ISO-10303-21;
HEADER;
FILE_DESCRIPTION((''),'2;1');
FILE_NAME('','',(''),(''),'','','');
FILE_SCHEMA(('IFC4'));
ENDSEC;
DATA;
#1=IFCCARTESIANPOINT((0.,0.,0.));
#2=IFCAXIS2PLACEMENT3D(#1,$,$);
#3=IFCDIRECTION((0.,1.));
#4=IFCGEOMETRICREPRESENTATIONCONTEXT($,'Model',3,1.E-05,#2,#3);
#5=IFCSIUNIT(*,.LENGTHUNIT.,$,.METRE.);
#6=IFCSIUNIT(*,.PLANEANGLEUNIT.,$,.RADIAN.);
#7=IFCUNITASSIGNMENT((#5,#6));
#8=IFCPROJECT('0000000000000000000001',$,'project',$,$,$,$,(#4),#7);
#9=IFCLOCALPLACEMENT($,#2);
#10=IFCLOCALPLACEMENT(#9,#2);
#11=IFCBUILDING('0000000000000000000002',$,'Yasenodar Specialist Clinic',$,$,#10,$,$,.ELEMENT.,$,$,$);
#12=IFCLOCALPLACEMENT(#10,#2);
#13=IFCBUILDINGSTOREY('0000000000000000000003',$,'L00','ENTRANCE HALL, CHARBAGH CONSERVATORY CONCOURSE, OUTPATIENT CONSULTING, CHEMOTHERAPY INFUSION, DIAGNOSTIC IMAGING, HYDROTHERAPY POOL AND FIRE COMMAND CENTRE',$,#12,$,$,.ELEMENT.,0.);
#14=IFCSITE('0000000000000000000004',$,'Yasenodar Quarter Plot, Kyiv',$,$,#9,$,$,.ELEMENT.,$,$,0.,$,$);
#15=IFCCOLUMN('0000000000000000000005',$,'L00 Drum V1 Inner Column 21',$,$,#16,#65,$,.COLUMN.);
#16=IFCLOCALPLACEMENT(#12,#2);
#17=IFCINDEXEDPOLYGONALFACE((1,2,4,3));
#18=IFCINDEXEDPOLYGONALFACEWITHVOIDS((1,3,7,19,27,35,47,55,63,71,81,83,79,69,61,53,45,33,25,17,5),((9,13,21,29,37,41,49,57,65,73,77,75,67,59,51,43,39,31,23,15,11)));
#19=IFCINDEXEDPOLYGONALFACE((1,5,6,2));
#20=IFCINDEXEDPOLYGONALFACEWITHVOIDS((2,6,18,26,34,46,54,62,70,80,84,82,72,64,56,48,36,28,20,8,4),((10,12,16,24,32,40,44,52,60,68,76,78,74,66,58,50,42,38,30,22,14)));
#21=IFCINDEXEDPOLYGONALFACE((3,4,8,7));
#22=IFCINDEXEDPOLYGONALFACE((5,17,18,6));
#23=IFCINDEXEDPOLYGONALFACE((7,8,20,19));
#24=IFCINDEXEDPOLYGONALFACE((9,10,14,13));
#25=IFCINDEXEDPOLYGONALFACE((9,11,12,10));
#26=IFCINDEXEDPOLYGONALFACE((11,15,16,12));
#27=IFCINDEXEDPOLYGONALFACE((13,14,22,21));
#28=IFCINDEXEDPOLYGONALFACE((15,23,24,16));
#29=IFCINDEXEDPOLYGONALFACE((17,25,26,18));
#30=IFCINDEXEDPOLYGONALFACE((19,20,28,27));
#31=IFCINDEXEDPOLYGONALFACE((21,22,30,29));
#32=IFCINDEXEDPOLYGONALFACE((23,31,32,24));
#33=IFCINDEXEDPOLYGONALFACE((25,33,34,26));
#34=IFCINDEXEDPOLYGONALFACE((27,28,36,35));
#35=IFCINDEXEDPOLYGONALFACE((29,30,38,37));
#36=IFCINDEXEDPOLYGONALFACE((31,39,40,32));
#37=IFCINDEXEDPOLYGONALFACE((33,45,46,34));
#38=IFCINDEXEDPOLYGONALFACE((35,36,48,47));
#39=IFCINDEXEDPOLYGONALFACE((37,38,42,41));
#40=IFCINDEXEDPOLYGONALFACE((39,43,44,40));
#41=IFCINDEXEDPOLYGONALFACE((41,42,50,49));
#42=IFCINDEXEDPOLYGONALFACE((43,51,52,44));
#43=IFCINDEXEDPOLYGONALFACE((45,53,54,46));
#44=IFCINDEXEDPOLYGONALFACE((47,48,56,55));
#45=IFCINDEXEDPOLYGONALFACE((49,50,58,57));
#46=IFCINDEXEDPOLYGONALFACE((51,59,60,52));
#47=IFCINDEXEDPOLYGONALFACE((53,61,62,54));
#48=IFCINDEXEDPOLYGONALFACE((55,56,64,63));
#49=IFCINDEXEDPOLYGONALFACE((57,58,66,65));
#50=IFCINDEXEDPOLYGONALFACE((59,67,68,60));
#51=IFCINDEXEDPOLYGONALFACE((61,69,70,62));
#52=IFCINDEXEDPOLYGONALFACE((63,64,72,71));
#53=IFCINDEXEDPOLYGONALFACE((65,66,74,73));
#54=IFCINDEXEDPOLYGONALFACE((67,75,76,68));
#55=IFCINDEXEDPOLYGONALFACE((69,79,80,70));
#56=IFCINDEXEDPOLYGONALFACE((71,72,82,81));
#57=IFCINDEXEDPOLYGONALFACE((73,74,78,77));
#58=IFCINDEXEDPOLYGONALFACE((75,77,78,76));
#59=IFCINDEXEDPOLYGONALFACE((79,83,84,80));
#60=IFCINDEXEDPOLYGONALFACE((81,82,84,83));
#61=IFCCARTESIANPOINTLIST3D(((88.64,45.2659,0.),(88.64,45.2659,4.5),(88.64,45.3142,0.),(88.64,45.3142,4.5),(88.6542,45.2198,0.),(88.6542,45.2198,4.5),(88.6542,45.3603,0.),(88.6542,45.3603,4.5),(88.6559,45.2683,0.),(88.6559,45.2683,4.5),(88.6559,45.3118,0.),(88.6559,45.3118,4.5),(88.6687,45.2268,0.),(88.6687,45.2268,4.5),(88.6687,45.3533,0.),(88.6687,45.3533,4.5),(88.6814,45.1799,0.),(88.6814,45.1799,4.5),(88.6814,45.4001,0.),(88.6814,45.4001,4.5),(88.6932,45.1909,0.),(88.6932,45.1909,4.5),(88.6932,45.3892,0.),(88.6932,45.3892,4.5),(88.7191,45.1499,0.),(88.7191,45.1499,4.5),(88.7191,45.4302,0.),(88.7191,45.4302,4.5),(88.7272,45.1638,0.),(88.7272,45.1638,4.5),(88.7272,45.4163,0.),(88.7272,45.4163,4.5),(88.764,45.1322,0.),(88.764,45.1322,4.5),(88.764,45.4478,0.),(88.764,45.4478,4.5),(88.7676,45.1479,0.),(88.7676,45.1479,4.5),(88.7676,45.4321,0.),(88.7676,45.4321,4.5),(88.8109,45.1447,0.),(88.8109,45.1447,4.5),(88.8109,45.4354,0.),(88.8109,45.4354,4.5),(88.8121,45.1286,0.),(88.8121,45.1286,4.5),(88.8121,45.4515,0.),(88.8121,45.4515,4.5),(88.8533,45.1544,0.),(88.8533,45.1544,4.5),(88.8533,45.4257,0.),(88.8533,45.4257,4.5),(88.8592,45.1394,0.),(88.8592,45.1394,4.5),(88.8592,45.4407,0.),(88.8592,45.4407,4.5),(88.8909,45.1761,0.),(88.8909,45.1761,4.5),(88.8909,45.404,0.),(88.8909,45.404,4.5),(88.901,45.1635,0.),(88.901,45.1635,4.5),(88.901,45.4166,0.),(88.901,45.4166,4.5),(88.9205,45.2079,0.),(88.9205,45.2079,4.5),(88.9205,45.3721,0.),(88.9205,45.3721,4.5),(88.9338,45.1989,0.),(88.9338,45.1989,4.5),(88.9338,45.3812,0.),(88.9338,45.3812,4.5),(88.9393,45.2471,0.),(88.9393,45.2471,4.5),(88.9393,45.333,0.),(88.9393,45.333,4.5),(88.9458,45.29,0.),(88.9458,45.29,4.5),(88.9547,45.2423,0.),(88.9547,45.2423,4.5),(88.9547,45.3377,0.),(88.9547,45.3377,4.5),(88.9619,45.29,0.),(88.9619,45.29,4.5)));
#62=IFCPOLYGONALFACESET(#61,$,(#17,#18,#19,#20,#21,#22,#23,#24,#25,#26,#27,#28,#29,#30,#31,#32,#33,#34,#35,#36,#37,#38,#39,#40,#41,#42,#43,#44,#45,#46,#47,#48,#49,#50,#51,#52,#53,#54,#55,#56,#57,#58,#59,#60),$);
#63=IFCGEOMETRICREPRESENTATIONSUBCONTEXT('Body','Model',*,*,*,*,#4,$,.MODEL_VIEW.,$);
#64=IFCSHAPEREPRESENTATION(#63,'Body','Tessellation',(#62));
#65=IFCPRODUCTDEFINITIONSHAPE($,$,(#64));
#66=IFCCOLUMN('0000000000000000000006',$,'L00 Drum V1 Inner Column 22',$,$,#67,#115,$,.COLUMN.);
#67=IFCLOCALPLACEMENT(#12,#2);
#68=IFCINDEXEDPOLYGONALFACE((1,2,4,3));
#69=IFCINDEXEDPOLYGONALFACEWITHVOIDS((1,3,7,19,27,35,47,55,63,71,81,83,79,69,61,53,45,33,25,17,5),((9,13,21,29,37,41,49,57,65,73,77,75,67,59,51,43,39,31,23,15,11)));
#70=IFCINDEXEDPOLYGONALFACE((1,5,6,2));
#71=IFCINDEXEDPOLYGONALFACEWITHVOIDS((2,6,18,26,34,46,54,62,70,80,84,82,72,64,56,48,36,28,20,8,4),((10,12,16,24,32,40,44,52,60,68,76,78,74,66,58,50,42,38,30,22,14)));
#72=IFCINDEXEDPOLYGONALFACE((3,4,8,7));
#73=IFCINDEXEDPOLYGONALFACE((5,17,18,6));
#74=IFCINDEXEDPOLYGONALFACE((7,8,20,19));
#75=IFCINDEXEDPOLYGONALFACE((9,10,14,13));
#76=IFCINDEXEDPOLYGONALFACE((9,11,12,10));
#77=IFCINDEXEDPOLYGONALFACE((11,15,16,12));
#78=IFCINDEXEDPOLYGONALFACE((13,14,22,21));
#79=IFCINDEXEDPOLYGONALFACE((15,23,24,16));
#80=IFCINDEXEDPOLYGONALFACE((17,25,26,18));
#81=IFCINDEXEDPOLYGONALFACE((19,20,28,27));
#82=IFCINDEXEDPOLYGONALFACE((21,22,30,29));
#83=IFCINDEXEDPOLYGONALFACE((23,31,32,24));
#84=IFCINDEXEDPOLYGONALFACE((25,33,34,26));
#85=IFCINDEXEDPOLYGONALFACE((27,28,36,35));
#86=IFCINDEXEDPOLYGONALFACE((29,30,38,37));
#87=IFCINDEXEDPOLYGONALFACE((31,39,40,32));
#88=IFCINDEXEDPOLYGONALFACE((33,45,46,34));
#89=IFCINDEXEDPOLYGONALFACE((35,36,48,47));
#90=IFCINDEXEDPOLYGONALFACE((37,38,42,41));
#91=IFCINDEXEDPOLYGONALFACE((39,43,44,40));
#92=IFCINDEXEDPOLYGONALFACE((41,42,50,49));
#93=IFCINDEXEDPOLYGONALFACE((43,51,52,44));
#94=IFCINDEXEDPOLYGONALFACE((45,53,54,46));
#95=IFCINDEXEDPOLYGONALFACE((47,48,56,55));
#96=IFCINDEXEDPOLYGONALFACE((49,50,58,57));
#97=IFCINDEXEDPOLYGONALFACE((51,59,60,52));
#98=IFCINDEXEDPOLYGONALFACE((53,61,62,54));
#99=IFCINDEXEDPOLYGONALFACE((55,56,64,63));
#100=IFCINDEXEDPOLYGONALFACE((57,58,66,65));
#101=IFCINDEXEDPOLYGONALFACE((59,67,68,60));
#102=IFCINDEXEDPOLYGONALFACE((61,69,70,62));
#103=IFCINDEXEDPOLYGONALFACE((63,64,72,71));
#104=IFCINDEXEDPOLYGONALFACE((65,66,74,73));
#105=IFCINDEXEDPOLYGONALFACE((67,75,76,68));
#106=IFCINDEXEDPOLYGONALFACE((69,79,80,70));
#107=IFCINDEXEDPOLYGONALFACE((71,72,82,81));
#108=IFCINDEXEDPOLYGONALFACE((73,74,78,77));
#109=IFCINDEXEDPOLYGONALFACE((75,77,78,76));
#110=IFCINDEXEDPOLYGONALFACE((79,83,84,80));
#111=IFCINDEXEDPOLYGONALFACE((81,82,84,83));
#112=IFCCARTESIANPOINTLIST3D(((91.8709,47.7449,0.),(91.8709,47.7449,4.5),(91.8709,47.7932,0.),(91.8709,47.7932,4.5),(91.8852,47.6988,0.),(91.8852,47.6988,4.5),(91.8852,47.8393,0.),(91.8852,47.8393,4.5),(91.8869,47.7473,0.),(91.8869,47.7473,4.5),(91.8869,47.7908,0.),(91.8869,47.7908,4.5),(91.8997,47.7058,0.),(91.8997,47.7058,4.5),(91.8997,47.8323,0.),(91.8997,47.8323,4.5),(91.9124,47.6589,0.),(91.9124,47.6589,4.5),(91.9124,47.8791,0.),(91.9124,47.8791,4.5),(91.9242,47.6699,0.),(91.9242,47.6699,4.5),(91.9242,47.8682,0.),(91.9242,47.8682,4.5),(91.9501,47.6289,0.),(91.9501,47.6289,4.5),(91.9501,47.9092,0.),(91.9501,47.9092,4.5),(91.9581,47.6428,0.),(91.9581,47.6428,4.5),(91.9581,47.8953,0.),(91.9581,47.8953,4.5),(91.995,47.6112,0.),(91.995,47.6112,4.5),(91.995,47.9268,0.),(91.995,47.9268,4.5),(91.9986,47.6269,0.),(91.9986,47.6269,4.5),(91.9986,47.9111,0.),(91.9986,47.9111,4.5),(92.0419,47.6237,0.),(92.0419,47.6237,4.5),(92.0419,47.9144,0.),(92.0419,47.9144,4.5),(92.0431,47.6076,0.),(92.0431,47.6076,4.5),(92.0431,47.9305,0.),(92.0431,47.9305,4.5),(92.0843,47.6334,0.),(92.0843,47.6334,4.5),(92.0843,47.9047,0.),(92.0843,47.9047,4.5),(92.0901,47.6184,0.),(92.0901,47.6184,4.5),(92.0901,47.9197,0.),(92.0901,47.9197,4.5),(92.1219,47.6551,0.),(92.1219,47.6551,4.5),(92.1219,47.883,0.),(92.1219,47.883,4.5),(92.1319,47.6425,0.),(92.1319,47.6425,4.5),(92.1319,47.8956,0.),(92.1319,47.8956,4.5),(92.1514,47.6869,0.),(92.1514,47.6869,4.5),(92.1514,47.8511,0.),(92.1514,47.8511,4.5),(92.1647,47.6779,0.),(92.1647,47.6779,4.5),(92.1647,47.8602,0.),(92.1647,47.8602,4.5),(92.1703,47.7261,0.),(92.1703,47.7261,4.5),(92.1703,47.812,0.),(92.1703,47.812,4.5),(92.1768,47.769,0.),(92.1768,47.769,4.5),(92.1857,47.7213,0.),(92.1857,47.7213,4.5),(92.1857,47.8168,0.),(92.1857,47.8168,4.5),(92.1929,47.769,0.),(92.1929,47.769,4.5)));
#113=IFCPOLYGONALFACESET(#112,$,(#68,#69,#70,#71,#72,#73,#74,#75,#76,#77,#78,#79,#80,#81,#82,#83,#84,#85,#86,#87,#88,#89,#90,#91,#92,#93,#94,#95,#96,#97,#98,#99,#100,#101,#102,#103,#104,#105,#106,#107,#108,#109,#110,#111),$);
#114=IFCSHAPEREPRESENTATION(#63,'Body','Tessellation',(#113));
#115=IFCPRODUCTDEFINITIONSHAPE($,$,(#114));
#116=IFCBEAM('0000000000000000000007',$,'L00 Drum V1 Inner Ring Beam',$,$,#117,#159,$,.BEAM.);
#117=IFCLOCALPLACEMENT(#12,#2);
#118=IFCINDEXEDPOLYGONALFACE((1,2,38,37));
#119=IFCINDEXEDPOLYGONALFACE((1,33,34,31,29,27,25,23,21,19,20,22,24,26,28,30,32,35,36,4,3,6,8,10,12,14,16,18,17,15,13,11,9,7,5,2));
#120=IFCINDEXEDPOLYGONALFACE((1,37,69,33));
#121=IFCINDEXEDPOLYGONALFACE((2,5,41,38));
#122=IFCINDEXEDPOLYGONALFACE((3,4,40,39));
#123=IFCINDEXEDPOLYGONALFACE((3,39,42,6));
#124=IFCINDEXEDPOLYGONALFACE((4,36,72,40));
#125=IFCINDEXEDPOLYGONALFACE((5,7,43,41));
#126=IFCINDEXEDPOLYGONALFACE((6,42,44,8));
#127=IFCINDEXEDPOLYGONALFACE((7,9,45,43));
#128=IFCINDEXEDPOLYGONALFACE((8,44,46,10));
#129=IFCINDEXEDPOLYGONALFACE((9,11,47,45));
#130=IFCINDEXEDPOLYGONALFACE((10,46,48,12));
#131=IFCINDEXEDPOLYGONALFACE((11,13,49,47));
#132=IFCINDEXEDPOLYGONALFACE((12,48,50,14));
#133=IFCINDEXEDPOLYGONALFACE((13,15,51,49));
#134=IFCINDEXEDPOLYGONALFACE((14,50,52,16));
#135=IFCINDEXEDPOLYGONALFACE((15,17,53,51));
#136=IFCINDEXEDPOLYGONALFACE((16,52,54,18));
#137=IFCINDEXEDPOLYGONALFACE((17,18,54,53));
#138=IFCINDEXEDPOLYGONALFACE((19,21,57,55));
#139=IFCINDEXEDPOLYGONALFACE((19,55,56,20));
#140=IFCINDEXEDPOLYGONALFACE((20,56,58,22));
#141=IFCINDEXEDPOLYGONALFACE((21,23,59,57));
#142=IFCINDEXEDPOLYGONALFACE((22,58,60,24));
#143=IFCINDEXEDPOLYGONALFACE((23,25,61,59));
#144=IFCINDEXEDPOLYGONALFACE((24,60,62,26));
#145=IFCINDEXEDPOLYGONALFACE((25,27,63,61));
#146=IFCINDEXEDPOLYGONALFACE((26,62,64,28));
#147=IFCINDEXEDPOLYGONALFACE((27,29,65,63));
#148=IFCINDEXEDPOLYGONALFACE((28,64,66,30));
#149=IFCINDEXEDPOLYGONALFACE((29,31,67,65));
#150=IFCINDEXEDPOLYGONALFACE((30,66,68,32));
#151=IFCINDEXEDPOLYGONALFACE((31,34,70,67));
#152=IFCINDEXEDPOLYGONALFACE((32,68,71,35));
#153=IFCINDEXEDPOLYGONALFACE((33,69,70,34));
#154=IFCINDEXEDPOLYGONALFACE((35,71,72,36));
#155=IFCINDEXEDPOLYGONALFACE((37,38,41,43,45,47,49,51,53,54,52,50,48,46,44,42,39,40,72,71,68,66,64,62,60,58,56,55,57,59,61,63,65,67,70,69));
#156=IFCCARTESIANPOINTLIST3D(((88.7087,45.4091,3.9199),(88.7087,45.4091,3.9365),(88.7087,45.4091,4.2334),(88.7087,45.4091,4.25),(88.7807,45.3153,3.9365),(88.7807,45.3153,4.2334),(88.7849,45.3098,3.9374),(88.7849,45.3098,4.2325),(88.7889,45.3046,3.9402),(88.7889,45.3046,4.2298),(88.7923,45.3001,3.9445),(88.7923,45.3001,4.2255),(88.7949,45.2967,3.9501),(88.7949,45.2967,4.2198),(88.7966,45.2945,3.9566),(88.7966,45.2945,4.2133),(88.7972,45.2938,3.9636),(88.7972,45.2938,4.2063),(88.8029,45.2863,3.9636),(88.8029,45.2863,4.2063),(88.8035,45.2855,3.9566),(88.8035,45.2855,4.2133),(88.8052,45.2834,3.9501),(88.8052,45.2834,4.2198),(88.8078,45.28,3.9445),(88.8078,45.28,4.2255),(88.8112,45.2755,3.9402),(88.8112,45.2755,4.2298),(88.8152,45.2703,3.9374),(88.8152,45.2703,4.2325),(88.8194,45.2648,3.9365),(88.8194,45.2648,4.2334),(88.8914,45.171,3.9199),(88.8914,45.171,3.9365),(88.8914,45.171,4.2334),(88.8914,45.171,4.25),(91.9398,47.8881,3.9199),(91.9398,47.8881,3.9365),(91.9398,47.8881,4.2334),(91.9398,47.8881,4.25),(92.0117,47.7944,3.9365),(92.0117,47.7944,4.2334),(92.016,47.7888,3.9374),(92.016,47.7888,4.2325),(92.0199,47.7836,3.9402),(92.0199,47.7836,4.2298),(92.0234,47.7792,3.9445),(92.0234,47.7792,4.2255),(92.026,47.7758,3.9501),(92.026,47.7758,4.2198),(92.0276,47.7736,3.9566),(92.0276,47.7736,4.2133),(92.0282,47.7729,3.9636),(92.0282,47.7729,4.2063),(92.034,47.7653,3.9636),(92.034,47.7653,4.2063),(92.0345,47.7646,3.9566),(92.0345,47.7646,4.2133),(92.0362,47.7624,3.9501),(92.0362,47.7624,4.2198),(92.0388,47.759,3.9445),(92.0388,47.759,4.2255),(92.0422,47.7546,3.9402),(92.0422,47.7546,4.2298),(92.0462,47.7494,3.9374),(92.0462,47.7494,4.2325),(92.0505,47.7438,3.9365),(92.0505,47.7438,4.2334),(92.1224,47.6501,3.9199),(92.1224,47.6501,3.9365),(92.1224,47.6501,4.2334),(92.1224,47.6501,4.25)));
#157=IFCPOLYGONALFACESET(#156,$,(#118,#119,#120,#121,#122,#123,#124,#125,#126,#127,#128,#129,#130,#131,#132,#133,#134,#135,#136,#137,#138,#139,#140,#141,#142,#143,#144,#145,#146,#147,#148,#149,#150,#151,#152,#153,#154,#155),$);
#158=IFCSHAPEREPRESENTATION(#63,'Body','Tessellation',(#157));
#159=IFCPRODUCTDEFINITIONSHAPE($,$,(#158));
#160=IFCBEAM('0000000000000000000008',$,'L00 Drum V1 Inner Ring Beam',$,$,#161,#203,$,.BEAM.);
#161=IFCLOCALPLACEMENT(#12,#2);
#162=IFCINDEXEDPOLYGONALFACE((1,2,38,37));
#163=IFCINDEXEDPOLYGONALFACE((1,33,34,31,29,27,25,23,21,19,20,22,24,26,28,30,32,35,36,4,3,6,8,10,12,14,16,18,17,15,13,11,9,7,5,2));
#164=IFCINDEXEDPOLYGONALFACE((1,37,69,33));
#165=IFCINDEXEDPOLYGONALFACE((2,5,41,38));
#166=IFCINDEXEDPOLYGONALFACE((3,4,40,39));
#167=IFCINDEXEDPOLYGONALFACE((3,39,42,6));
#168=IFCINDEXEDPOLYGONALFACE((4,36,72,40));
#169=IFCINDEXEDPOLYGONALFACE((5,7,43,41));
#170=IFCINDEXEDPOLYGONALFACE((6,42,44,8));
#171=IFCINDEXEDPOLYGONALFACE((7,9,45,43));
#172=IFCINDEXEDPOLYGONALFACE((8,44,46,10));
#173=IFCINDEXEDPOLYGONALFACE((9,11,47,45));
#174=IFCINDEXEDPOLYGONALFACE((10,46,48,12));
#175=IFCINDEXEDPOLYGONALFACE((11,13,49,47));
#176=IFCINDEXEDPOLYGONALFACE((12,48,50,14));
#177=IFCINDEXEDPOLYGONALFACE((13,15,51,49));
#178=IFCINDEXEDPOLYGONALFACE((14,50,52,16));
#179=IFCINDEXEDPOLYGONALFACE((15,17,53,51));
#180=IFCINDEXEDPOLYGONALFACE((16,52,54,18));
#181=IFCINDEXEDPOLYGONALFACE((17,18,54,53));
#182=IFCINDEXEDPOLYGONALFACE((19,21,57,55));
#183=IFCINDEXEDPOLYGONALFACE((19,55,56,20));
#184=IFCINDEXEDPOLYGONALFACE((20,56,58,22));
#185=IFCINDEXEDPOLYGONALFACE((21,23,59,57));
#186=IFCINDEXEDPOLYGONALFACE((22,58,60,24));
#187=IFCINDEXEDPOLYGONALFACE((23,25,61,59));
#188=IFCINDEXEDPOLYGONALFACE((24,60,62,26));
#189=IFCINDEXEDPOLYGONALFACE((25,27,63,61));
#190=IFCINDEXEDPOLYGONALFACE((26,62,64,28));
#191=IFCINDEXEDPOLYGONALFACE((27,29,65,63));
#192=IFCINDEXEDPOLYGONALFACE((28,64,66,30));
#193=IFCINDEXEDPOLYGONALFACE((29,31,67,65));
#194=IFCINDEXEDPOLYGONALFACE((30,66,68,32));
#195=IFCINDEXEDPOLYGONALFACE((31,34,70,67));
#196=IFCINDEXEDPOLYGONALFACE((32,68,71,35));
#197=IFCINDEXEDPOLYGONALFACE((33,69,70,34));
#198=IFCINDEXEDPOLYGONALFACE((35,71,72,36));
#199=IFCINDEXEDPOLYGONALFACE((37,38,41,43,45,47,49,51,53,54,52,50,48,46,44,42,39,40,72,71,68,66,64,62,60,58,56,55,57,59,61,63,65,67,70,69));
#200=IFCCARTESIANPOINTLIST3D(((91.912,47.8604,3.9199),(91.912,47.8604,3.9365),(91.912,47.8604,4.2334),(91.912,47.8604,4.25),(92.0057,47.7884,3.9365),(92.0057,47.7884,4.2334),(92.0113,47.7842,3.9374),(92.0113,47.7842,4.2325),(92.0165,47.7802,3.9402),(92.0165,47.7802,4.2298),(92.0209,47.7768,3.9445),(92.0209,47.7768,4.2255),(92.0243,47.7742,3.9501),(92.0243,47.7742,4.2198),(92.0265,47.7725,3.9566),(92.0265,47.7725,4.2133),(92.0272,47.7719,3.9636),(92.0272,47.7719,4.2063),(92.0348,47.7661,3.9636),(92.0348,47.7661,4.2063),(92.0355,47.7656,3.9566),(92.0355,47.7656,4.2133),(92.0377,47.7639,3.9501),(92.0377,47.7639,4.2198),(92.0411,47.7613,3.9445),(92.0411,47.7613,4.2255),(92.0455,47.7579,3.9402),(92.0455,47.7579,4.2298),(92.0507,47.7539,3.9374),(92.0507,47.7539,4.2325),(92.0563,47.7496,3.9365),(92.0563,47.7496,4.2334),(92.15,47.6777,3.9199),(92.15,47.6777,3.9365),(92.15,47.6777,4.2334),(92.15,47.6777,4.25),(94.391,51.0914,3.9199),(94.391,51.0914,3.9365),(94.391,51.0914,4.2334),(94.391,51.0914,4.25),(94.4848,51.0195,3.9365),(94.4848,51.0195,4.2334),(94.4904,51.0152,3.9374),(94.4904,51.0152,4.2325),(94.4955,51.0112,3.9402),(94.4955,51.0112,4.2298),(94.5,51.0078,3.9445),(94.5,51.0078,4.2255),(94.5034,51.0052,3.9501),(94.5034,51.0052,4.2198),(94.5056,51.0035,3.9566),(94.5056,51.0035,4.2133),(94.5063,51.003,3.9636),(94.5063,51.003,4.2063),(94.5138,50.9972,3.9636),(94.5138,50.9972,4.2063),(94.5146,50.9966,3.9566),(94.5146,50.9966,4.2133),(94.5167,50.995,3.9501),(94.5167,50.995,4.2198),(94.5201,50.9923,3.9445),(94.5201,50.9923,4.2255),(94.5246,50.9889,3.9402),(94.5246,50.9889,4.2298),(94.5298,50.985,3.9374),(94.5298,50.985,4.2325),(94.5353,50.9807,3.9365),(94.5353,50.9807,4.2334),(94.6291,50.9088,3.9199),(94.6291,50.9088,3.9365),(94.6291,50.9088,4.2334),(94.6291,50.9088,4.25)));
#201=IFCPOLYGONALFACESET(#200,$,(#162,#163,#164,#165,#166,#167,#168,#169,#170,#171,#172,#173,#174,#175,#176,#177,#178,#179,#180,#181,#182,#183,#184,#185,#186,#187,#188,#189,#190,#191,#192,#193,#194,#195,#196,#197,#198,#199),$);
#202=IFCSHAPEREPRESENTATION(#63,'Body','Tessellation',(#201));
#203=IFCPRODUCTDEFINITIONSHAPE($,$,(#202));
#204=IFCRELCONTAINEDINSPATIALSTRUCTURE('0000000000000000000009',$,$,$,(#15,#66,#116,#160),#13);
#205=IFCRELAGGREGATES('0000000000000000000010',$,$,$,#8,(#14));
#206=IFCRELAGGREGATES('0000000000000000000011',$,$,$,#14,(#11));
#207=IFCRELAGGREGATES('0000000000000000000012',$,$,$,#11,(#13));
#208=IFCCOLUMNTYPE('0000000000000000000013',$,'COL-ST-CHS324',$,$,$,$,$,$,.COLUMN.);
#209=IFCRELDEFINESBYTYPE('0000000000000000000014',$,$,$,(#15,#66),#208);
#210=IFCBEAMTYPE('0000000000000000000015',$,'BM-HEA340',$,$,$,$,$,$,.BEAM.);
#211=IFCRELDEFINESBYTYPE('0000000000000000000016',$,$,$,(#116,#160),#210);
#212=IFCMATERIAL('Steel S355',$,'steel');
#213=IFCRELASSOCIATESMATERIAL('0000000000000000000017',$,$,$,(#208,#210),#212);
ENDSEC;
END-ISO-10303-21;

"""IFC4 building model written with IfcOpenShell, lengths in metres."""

from ifc_helpers import new_model, si_unit, direction, frame, origin, origin_2d, place, context, subcontext, project, spatial, hollow_circle, i_section, extrude, material, material_profile, profile_set, type_object, element, save


model = new_model("IFC4")

# Units and contexts
model_context = context("Model", 3, precision=1e-05, world=origin(), true_north=direction((0.0, 1.0)))
body_context = subcontext(model_context, "Body", "Model", "MODEL_VIEW")
ifc_project = project(units=[si_unit("LENGTHUNIT", "METRE"), si_unit("PLANEANGLEUNIT", "RADIAN")], contexts=[model_context])

# Site, building, storey
site_placement = place(None, origin())
site = spatial("IfcSite", under=ifc_project, at=site_placement, Name="Yasenodar Quarter Plot, Kyiv", CompositionType="ELEMENT", RefElevation=0.0)
building_placement = place(site_placement, origin())
building = spatial("IfcBuilding", under=site, at=building_placement, Name="Yasenodar Specialist Clinic", CompositionType="ELEMENT")
storey_placement = place(building_placement, origin())
storey = spatial("IfcBuildingStorey", under=building, at=storey_placement, Name="L00", Description="ENTRANCE HALL, CHARBAGH CONSERVATORY CONCOURSE, OUTPATIENT CONSULTING, CHEMOTHERAPY INFUSION, DIAGNOSTIC IMAGING, HYDROTHERAPY POOL AND FIRE COMMAND CENTRE", CompositionType="ELEMENT", Elevation=0.0)

# Columns
ifc_material_1 = material(Name="Steel S355", Category="steel")
ifc_material_profile_1 = material_profile(ifc_material_1, hollow_circle(Radius=0.1619, WallThickness=0.0161, at=origin_2d()), Name="CHS 323.9x16")
ifc_profile_set_1 = profile_set([ifc_material_profile_1], Name="Steel S355")
column_type = type_object("IfcColumnType", Name="COL-ST-CHS324", PredefinedType="COLUMN", material=ifc_profile_set_1)
for number, where, z_axis, x_axis, name in (
    (1, (88.8, 45.29, 0.0), (0.0, 0.0, 1.0), (1.0, 0.0, 0.0), "L00 Drum V1 Inner Column 21"),
    (2, (92.031, 47.769, 0.0), (0.0, 0.0, 1.0), (1.0, 0.0, 0.0), "L00 Drum V1 Inner Column 22"),
):
    element("IfcColumn", number, at=place(storey_placement, frame(where, z_axis=z_axis, x_axis=x_axis)), inside=storey, type_object=column_type, Name=name, PredefinedType="COLUMN", context=body_context, shape_type="SweptSolid", body=[
        extrude(hollow_circle(Radius=0.1619, WallThickness=0.0161, at=origin_2d()), origin(), (0.0, 0.0, 1.0), 4.5),
    ])

# Beams
ifc_material_profile_2 = material_profile(ifc_material_1, i_section(OverallWidth=0.3, OverallDepth=0.3301, WebThickness=0.0095, FlangeThickness=0.0166, FilletRadius=0.0271, at=origin_2d()), Name="HEA 340")
ifc_profile_set_2 = profile_set([ifc_material_profile_2], Name="Steel S355")
beam_type_1 = type_object("IfcBeamType", Name="BM-HEA340", PredefinedType="BEAM", material=ifc_profile_set_2)
for number, where, z_axis, x_axis, name in (
    (3, (88.8, 45.29, 4.085), (0.793377, 0.608731, 0.0), (-0.608731, 0.793377, 0.0), "L00 Drum V1 Inner Ring Beam"),
    (4, (92.031, 47.769, 4.085), (0.608731, 0.793377, 0.0), (-0.793377, 0.608731, 0.0), "L00 Drum V1 Inner Ring Beam"),
):
    element("IfcBeam", number, at=place(storey_placement, frame(where, z_axis=z_axis, x_axis=x_axis)), inside=storey, type_object=beam_type_1, Name=name, PredefinedType="BEAM", context=body_context, shape_type="SweptSolid", body=[
        extrude(i_section(OverallWidth=0.3, OverallDepth=0.3301, WebThickness=0.0095, FlangeThickness=0.0166, FilletRadius=0.0271, at=origin_2d()), origin(), (0.0, 0.0, 1.0), 4.0725),
    ])

save(model, "model.ifc")
